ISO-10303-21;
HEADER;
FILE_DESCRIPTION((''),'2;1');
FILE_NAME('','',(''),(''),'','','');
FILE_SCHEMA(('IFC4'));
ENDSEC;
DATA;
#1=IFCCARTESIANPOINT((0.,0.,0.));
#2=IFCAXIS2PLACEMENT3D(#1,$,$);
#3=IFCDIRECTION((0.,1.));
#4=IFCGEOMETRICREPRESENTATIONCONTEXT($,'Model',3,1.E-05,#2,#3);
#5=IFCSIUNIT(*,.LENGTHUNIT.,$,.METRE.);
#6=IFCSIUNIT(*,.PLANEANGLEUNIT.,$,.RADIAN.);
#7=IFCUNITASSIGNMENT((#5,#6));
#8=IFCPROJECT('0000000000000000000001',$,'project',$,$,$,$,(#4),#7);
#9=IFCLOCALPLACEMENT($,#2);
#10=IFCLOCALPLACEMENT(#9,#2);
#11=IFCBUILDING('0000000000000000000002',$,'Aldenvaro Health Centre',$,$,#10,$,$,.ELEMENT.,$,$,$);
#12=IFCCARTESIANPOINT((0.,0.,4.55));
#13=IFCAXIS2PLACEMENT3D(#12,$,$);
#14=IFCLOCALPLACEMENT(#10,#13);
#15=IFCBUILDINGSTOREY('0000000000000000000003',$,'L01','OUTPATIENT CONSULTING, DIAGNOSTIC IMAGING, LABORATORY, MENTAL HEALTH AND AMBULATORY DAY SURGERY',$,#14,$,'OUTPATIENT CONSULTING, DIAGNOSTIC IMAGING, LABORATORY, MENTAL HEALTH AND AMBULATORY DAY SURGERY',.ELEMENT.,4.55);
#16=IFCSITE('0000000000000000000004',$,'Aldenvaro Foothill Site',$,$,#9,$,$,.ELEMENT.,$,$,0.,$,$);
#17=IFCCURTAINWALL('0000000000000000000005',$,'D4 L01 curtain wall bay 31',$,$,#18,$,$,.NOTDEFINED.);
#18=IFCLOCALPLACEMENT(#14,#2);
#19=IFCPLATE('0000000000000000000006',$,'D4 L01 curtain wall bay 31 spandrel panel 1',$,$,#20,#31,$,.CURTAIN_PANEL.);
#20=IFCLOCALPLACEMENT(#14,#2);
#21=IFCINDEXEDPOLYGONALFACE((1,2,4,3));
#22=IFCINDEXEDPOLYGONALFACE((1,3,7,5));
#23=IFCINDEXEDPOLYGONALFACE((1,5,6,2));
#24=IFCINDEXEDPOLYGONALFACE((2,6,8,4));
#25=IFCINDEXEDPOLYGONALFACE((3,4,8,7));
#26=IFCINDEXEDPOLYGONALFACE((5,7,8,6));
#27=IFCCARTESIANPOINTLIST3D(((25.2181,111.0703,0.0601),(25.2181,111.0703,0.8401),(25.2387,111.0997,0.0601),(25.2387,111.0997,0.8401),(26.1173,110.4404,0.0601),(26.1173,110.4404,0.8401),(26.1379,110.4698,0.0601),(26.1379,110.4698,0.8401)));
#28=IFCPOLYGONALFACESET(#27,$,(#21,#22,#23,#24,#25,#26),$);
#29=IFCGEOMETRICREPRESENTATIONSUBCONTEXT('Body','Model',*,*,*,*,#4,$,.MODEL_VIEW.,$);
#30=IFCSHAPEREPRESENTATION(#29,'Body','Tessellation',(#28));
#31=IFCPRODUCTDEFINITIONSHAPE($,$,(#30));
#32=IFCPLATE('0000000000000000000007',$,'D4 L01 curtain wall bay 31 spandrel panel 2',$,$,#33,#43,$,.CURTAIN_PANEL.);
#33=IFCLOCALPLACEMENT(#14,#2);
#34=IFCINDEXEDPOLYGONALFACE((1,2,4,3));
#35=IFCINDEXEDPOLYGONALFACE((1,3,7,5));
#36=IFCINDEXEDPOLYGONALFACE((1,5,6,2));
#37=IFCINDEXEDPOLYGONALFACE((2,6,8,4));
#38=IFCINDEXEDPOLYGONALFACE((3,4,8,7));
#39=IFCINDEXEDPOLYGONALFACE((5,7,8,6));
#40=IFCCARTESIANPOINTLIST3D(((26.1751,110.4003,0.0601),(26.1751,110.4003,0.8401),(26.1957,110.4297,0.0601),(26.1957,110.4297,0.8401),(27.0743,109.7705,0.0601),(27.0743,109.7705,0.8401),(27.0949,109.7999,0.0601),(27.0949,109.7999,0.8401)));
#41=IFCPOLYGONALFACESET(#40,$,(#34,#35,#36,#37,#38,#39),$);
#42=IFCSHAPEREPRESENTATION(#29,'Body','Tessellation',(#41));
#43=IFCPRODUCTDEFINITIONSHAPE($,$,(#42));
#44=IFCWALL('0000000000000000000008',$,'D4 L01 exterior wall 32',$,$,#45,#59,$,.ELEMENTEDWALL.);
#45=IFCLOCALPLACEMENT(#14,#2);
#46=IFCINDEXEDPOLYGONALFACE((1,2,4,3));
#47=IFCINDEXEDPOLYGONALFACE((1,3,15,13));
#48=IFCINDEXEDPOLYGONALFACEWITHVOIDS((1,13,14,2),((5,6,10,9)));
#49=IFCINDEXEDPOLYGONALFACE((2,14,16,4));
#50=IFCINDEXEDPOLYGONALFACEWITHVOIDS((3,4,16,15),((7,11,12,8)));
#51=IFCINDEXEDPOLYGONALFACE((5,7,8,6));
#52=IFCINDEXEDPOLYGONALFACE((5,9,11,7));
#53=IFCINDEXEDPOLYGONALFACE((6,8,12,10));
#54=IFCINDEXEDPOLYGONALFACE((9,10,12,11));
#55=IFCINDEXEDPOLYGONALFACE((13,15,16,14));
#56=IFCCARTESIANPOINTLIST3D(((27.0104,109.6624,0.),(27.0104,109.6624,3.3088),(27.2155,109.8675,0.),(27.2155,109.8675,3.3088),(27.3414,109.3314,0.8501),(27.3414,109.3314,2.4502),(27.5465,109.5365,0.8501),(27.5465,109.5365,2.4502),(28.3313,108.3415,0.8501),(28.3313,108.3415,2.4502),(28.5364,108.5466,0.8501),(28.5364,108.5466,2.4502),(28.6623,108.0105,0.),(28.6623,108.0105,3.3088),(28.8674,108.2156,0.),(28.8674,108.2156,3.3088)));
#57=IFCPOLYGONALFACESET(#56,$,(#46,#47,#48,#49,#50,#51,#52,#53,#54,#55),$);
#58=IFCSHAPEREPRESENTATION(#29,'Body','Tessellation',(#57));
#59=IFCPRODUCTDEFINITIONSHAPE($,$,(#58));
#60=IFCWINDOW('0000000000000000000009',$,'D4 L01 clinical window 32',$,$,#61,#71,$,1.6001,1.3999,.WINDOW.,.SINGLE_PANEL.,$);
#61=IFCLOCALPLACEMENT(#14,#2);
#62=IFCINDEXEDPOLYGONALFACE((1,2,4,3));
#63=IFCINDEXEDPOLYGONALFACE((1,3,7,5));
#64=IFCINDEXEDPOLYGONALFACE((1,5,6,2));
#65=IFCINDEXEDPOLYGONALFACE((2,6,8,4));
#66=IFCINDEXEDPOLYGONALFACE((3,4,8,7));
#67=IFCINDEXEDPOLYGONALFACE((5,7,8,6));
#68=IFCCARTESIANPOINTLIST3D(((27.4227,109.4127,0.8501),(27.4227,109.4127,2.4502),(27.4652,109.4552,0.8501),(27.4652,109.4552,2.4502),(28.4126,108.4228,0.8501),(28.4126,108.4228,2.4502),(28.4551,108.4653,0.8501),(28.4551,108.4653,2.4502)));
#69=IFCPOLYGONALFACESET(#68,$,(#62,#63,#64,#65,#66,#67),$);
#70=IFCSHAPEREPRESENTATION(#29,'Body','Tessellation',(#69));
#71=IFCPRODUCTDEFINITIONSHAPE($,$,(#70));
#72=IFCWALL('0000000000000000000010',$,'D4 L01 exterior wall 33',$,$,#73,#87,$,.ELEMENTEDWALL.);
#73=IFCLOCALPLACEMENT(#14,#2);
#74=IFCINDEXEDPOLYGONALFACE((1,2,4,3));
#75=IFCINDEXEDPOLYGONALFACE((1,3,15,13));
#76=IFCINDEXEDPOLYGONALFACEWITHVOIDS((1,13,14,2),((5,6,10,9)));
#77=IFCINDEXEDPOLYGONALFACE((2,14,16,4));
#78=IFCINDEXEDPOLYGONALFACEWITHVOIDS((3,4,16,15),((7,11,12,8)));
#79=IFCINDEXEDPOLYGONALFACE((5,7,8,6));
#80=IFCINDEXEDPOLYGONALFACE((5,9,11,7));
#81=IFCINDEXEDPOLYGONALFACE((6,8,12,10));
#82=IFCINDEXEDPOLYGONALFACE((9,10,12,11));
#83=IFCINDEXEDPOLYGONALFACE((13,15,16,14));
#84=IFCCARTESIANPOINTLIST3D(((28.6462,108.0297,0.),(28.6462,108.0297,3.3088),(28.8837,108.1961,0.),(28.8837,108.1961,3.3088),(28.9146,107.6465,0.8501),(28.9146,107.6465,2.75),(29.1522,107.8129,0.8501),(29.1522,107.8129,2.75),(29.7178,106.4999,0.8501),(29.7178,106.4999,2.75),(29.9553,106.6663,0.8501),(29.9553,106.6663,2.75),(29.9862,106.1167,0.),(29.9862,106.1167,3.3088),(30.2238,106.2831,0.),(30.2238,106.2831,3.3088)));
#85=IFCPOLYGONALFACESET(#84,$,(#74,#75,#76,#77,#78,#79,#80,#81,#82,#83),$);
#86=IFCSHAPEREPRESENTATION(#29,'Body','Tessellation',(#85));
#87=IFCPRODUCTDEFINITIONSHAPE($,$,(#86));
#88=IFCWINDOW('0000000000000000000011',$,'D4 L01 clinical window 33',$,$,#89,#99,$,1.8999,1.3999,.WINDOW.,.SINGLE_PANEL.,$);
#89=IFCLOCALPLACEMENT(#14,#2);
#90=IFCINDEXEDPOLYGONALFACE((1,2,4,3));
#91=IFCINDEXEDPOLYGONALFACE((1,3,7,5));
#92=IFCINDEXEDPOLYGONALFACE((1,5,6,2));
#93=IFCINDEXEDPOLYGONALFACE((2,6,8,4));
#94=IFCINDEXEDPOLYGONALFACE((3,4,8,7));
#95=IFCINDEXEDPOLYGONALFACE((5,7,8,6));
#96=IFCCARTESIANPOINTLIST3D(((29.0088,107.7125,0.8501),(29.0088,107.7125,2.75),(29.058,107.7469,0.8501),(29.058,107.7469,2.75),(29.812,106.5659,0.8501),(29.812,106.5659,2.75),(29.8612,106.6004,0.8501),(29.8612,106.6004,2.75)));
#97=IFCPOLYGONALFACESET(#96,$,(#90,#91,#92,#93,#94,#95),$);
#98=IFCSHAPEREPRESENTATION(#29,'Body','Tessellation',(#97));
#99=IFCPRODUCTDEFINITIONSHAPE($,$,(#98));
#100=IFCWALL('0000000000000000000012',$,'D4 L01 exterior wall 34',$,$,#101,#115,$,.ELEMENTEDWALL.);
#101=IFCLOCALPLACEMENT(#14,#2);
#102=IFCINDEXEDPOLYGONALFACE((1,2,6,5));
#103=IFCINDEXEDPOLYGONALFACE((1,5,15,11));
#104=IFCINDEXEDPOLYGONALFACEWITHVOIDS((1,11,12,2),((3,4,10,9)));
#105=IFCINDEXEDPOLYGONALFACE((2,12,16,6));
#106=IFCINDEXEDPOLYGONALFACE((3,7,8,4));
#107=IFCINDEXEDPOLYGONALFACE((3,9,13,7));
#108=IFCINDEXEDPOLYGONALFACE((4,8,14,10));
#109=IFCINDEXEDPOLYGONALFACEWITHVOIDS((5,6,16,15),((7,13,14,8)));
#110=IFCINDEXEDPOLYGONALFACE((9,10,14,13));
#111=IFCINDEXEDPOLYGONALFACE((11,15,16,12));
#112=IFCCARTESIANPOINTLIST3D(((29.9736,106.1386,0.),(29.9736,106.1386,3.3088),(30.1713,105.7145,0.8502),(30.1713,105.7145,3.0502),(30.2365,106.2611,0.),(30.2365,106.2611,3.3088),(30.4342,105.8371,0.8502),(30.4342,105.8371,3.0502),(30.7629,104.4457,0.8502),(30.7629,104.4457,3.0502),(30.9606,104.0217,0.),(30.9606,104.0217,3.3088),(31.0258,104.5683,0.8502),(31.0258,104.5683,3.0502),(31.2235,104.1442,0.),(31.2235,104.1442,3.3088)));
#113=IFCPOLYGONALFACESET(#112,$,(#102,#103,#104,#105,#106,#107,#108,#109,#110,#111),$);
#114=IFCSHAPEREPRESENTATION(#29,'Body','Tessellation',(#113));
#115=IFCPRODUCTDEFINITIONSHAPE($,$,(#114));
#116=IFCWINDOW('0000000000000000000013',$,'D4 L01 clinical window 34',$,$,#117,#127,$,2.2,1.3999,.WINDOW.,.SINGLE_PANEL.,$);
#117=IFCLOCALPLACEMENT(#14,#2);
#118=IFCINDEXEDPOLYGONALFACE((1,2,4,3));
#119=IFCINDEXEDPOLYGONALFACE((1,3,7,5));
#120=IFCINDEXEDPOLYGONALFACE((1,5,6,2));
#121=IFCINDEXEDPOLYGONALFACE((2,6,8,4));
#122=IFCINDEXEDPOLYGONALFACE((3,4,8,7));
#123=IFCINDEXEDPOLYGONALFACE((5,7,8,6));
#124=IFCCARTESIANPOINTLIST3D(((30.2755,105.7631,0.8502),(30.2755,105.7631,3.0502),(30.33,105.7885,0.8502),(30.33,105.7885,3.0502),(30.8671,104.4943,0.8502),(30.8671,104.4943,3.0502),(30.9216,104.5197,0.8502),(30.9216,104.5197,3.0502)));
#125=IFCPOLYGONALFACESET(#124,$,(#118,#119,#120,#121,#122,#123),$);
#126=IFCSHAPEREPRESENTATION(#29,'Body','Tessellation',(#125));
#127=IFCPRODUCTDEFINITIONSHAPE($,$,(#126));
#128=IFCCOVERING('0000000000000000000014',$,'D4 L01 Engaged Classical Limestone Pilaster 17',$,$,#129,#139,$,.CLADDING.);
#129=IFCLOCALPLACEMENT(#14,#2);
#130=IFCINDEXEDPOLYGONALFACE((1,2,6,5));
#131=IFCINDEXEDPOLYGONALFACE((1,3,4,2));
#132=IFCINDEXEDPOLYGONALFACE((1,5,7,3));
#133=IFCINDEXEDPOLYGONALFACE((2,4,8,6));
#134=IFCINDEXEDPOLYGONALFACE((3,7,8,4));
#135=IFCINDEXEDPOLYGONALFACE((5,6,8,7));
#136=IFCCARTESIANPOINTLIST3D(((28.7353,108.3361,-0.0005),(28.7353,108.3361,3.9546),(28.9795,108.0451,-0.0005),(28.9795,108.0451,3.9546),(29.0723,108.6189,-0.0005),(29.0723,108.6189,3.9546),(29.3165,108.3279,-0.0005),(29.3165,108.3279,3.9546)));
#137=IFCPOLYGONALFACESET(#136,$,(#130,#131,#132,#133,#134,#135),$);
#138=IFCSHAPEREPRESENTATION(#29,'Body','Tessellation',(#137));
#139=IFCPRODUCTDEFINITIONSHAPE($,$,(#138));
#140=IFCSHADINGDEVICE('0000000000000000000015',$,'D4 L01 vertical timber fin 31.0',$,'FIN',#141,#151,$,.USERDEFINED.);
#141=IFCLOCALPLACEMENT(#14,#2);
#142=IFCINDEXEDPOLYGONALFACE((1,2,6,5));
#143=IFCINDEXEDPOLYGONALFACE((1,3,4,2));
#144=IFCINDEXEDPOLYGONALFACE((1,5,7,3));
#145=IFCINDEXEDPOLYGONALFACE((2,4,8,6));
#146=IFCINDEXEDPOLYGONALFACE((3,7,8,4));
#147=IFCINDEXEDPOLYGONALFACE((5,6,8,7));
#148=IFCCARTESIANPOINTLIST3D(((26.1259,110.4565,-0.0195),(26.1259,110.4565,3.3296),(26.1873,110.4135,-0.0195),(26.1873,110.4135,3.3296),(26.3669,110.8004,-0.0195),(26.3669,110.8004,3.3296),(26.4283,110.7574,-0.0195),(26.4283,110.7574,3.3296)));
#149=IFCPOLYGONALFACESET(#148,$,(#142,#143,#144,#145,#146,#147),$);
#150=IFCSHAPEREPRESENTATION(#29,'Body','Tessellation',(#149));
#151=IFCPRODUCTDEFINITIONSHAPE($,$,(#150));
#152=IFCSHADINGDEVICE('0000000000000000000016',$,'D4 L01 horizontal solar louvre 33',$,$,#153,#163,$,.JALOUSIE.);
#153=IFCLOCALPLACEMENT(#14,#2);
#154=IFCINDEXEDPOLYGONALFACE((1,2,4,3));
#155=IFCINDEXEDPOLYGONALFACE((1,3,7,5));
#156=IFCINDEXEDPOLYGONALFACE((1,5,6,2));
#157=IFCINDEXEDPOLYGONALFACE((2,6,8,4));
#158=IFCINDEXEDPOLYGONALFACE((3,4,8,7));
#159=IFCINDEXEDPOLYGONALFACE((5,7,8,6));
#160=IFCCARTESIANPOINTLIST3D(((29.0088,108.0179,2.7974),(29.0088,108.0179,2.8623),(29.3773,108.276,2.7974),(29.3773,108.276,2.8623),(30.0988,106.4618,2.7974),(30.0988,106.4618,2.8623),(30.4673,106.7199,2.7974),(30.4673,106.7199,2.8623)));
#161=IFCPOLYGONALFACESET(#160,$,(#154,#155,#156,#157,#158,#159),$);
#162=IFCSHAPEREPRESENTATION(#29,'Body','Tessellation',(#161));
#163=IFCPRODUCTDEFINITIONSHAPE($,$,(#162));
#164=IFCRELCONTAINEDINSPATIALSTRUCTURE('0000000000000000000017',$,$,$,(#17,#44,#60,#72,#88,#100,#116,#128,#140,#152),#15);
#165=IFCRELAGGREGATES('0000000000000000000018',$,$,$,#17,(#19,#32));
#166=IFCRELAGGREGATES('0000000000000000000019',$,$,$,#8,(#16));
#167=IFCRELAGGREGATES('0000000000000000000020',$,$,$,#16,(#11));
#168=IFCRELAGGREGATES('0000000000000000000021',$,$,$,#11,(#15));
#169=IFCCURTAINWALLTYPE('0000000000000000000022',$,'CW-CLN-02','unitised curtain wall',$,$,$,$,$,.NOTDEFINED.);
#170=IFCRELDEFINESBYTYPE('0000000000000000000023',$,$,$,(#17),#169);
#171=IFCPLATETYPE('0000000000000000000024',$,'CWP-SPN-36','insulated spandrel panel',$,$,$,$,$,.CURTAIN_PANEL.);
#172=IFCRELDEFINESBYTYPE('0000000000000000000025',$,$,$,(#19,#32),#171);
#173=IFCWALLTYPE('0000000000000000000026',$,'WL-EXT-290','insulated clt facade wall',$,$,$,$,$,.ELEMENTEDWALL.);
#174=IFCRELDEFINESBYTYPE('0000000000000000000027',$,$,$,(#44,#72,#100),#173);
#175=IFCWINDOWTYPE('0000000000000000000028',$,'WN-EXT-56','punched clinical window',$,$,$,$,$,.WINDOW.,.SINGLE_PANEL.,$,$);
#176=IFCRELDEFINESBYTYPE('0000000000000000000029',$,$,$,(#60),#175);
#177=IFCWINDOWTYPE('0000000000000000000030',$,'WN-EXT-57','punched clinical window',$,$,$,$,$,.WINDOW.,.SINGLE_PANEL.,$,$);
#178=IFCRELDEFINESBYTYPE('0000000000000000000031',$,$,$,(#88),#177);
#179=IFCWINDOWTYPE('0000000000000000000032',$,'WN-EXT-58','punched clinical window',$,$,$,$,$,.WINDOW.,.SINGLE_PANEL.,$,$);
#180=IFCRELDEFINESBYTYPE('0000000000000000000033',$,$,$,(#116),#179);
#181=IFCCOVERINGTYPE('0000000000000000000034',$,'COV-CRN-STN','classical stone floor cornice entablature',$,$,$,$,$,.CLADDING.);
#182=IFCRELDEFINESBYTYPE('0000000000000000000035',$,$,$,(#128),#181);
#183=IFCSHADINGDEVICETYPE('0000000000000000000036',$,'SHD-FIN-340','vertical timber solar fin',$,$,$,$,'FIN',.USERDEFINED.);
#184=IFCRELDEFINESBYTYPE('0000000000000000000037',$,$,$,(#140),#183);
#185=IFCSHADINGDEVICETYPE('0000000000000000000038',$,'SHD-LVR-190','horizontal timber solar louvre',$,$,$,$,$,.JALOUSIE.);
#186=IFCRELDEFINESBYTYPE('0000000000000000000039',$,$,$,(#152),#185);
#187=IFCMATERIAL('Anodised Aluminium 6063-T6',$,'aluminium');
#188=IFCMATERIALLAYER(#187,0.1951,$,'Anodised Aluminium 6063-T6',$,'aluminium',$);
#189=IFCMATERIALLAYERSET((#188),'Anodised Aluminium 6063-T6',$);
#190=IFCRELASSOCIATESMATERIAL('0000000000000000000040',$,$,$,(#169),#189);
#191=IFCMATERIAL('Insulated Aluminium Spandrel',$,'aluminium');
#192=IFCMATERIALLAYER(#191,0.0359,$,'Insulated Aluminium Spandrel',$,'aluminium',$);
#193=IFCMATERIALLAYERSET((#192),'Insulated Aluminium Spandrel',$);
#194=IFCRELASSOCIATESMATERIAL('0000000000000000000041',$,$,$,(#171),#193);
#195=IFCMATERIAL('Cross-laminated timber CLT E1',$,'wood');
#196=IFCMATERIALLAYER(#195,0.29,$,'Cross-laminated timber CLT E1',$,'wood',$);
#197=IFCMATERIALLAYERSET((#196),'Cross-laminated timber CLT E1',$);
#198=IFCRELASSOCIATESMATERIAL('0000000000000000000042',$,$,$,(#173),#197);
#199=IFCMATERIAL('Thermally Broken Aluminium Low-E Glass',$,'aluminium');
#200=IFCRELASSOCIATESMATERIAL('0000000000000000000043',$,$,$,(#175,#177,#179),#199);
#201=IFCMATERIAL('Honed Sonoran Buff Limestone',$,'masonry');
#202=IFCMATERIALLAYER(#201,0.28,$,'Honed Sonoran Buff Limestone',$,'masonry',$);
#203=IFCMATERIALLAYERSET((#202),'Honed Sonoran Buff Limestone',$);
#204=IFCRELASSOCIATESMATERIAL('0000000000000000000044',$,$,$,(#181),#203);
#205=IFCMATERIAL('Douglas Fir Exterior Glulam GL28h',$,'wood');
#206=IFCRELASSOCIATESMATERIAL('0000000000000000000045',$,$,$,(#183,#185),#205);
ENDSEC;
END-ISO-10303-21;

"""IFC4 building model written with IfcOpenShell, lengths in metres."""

from ifc_helpers import new_model, si_unit, direction, frame, frame_2d, origin, origin_2d, place, context, subcontext, project, spatial, rectangle, extrude, material, layer, layer_set, type_object, element, fill, aggregate, save


model = new_model("IFC4")

# Units and contexts
model_context = context("Model", 3, precision=1e-05, world=origin(), true_north=direction((0.0, 1.0)))
body_context = subcontext(model_context, "Body", "Model", "MODEL_VIEW")
ifc_project = project(units=[si_unit("LENGTHUNIT", "METRE"), si_unit("PLANEANGLEUNIT", "RADIAN")], contexts=[model_context])

# Site, building, storey
site_placement = place(None, origin())
site = spatial("IfcSite", under=ifc_project, at=site_placement, Name="Aldenvaro Foothill Site", CompositionType="ELEMENT", RefElevation=0.0)
building_placement = place(site_placement, origin())
building = spatial("IfcBuilding", under=site, at=building_placement, Name="Aldenvaro Health Centre", CompositionType="ELEMENT")
storey_placement = place(building_placement, frame((0.0, 0.0, 4.55)))
storey = spatial("IfcBuildingStorey", under=building, at=storey_placement, Name="L01", Description="OUTPATIENT CONSULTING, DIAGNOSTIC IMAGING, LABORATORY, MENTAL HEALTH AND AMBULATORY DAY SURGERY", LongName="OUTPATIENT CONSULTING, DIAGNOSTIC IMAGING, LABORATORY, MENTAL HEALTH AND AMBULATORY DAY SURGERY", CompositionType="ELEMENT", Elevation=4.55)

# Curtain wall
ifc_material_1 = material(Name="Anodised Aluminium 6063-T6", Category="aluminium")
ifc_layer_1 = layer(ifc_material_1, 0.1951, Name="Anodised Aluminium 6063-T6", Category="aluminium")
ifc_layer_set_1 = layer_set([ifc_layer_1], Name="Anodised Aluminium 6063-T6")
curtain_wall_type = type_object("IfcCurtainWallType", Name="CW-CLN-02", Description="unitised curtain wall", PredefinedType="NOTDEFINED", material=ifc_layer_set_1)
curtain_wall_1_placement = place(storey_placement, origin())
curtain_wall_1 = element("IfcCurtainWall", 1, at=curtain_wall_1_placement, inside=storey, type_object=curtain_wall_type, Name="D4 L01 curtain wall bay 31", PredefinedType="NOTDEFINED")

# Plates
ifc_material_2 = material(Name="Insulated Aluminium Spandrel", Category="aluminium")
ifc_layer_2 = layer(ifc_material_2, 0.0359, Name="Insulated Aluminium Spandrel", Category="aluminium")
ifc_layer_set_2 = layer_set([ifc_layer_2], Name="Insulated Aluminium Spandrel")
plate_type_1 = type_object("IfcPlateType", Name="CWP-SPN-36", Description="insulated spandrel panel", PredefinedType="CURTAIN_PANEL", material=ifc_layer_set_2)
plate_1_placement = place(storey_placement, frame((25.678, 110.77, 0.0601), z_axis=(0.0, 0.0, 1.0), x_axis=(0.819051, -0.573721, 0.0)))
plate_1 = element("IfcPlate", 2, at=plate_1_placement, type_object=plate_type_1, Name="D4 L01 curtain wall bay 31 spandrel panel 1", PredefinedType="CURTAIN_PANEL", context=body_context, shape_type="SweptSolid", body=[
    extrude(rectangle(XDim=1.0979, YDim=0.0359, at=origin_2d()), origin(), (0.0, 0.0, 1.0), 0.78),
])
plate_2_placement = place(storey_placement, frame((26.635, 110.1001, 0.0601), z_axis=(0.0, 0.0, 1.0), x_axis=(0.819051, -0.573721, 0.0)))
plate_2 = element("IfcPlate", 3, at=plate_2_placement, type_object=plate_type_1, Name="D4 L01 curtain wall bay 31 spandrel panel 2", PredefinedType="CURTAIN_PANEL", context=body_context, shape_type="SweptSolid", body=[
    extrude(rectangle(XDim=1.0979, YDim=0.0359, at=origin_2d()), origin(), (0.0, 0.0, 1.0), 0.78),
])
aggregate(curtain_wall_1, [plate_1, plate_2])

# Walls, openings, windows
ifc_material_3 = material(Name="Cross-laminated timber CLT E1", Category="wood")
ifc_layer_3 = layer(ifc_material_3, 0.29, Name="Cross-laminated timber CLT E1", Category="wood")
ifc_layer_set_3 = layer_set([ifc_layer_3], Name="Cross-laminated timber CLT E1")
wall_type = type_object("IfcWallType", Name="WL-EXT-290", Description="insulated clt facade wall", PredefinedType="ELEMENTEDWALL", material=ifc_layer_set_3)
wall_1_placement = place(storey_placement, frame((27.113, 109.7649, 0.0), z_axis=(0.0, 0.0, 1.0), x_axis=(0.707107, -0.707107, 0.0)))
wall_1 = element("IfcWall", 4, at=wall_1_placement, inside=storey, type_object=wall_type, Name="D4 L01 exterior wall 32", PredefinedType="ELEMENTEDWALL", context=body_context, shape_type="SweptSolid", body=[
    extrude(rectangle(XDim=2.3362, YDim=0.29, at=frame_2d((1.168, 0.0))), origin(), (0.0, 0.0, 1.0), 3.3088),
])
opening_1_placement = place(wall_1_placement, frame((0.468, 0.0, 0.8501)))
opening_1 = element("IfcOpeningElement", 5, at=opening_1_placement, cuts=wall_1, PredefinedType="OPENING", context=body_context, shape_type="SweptSolid", body=[
    extrude(rectangle(XDim=1.3999, YDim=1.6001, at=frame_2d((0.7, 0.8))), frame((0.0, 0.155, 0.0), z_axis=(0.0, -1.0, 0.0), x_axis=(1.0, 0.0, 0.0)), (0.0, 0.0, 1.0), 0.3101),
])
ifc_material_4 = material(Name="Thermally Broken Aluminium Low-E Glass", Category="aluminium")
window_type_1 = type_object("IfcWindowType", Name="WN-EXT-56", Description="punched clinical window", PartitioningType="SINGLE_PANEL", PredefinedType="WINDOW", material=ifc_material_4)
window_1_placement = place(opening_1_placement, origin())
window_1 = element("IfcWindow", 6, at=window_1_placement, inside=storey, type_object=window_type_1, Name="D4 L01 clinical window 32", OverallHeight=1.6001, OverallWidth=1.3999, PartitioningType="SINGLE_PANEL", PredefinedType="WINDOW", context=body_context, shape_type="SweptSolid", body=[
    extrude(rectangle(XDim=1.3999, YDim=1.6001, at=frame_2d((0.7, 0.8))), frame((0.0, 0.03, 0.0), z_axis=(0.0, -1.0, 0.0), x_axis=(1.0, 0.0, 0.0)), (0.0, 0.0, 1.0), 0.0601),
])
fill(opening_1, window_1)
wall_2_placement = place(storey_placement, frame((28.7649, 108.113, 0.0), z_axis=(0.0, 0.0, 1.0), x_axis=(0.573729, -0.819045, 0.0)))
wall_2 = element("IfcWall", 7, at=wall_2_placement, inside=storey, type_object=wall_type, Name="D4 L01 exterior wall 33", PredefinedType="ELEMENTEDWALL", context=body_context, shape_type="SweptSolid", body=[
    extrude(rectangle(XDim=2.3357, YDim=0.29, at=frame_2d((1.168, 0.0))), origin(), (0.0, 0.0, 1.0), 3.3088),
])
opening_2_placement = place(wall_2_placement, frame((0.468, 0.0, 0.8501)))
opening_2 = element("IfcOpeningElement", 8, at=opening_2_placement, cuts=wall_2, PredefinedType="OPENING", context=body_context, shape_type="SweptSolid", body=[
    extrude(rectangle(XDim=1.3999, YDim=1.8999, at=frame_2d((0.7, 0.95))), frame((0.0, 0.155, 0.0), z_axis=(0.0, -1.0, 0.0), x_axis=(1.0, 0.0, 0.0)), (0.0, 0.0, 1.0), 0.3101),
])
window_type_2 = type_object("IfcWindowType", Name="WN-EXT-57", Description="punched clinical window", PartitioningType="SINGLE_PANEL", PredefinedType="WINDOW", material=ifc_material_4)
window_2_placement = place(opening_2_placement, origin())
window_2 = element("IfcWindow", 9, at=window_2_placement, inside=storey, type_object=window_type_2, Name="D4 L01 clinical window 33", OverallHeight=1.8999, OverallWidth=1.3999, PartitioningType="SINGLE_PANEL", PredefinedType="WINDOW", context=body_context, shape_type="SweptSolid", body=[
    extrude(rectangle(XDim=1.3999, YDim=1.8999, at=frame_2d((0.7, 0.95))), frame((0.0, 0.03, 0.0), z_axis=(0.0, -1.0, 0.0), x_axis=(1.0, 0.0, 0.0)), (0.0, 0.0, 1.0), 0.0601),
])
fill(opening_2, window_2)
wall_3_placement = place(storey_placement, frame((30.105, 106.2, 0.0), z_axis=(0.0, 0.0, 1.0), x_axis=(0.422588, -0.906322, 0.0)))
wall_3 = element("IfcWall", 10, at=wall_3_placement, inside=storey, type_object=wall_type, Name="D4 L01 exterior wall 34", PredefinedType="ELEMENTEDWALL", context=body_context, shape_type="SweptSolid", body=[
    extrude(rectangle(XDim=2.3357, YDim=0.29, at=frame_2d((1.168, 0.0))), origin(), (0.0, 0.0, 1.0), 3.3088),
])
opening_3_placement = place(wall_3_placement, frame((0.468, 0.0, 0.8501)))
opening_3 = element("IfcOpeningElement", 11, at=opening_3_placement, cuts=wall_3, PredefinedType="OPENING", context=body_context, shape_type="SweptSolid", body=[
    extrude(rectangle(XDim=1.3999, YDim=2.2, at=frame_2d((0.7, 1.1001))), frame((0.0, 0.155, 0.0), z_axis=(0.0, -1.0, 0.0), x_axis=(1.0, 0.0, 0.0)), (0.0, 0.0, 1.0), 0.3101),
])
window_type_3 = type_object("IfcWindowType", Name="WN-EXT-58", Description="punched clinical window", PartitioningType="SINGLE_PANEL", PredefinedType="WINDOW", material=ifc_material_4)
window_3_placement = place(opening_3_placement, origin())
window_3 = element("IfcWindow", 12, at=window_3_placement, inside=storey, type_object=window_type_3, Name="D4 L01 clinical window 34", OverallHeight=2.2, OverallWidth=1.3999, PartitioningType="SINGLE_PANEL", PredefinedType="WINDOW", context=body_context, shape_type="SweptSolid", body=[
    extrude(rectangle(XDim=1.3999, YDim=2.2, at=frame_2d((0.7, 1.1001))), frame((0.0, 0.03, 0.0), z_axis=(0.0, -1.0, 0.0), x_axis=(1.0, 0.0, 0.0)), (0.0, 0.0, 1.0), 0.0601),
])
fill(opening_3, window_3)

# Covering
ifc_material_5 = material(Name="Honed Sonoran Buff Limestone", Category="masonry")
ifc_layer_4 = layer(ifc_material_5, 0.28, Name="Honed Sonoran Buff Limestone", Category="masonry")
ifc_layer_set_4 = layer_set([ifc_layer_4], Name="Honed Sonoran Buff Limestone")
covering_type = type_object("IfcCoveringType", Name="COV-CRN-STN", Description="classical stone floor cornice entablature", PredefinedType="CLADDING", material=ifc_layer_set_4)
covering_placement = place(storey_placement, frame((29.0259, 108.332, -0.0005), z_axis=(0.0, 0.0, 1.0), x_axis=(0.766058, 0.642772, 0.0)))
element("IfcCovering", 13, at=covering_placement, inside=storey, type_object=covering_type, Name="D4 L01 Engaged Classical Limestone Pilaster 17", PredefinedType="CLADDING", context=body_context, shape_type="SweptSolid", body=[
    extrude(rectangle(XDim=0.4399, YDim=0.3799, at=origin_2d()), origin(), (0.0, 0.0, 1.0), 3.9551),
])

# Shading devices
ifc_material_6 = material(Name="Douglas Fir Exterior Glulam GL28h", Category="wood")
shading_device_type_1 = type_object("IfcShadingDeviceType", Name="SHD-FIN-340", Description="vertical timber solar fin", ElementType="FIN", PredefinedType="USERDEFINED", material=ifc_material_6)
shading_device_1_placement = place(storey_placement, frame((26.2771, 110.6069, -0.0195), z_axis=(0.0, 0.0, 1.0), x_axis=(0.819051, -0.573721, 0.0)))
element("IfcShadingDevice", 14, at=shading_device_1_placement, inside=storey, type_object=shading_device_type_1, Name="D4 L01 vertical timber fin 31.0", ObjectType="FIN", PredefinedType="USERDEFINED", context=body_context, shape_type="SweptSolid", body=[
    extrude(rectangle(XDim=0.075, YDim=0.4199, at=origin_2d()), origin(), (0.0, 0.0, 1.0), 3.3491),
])
shading_device_type_2 = type_object("IfcShadingDeviceType", Name="SHD-LVR-190", Description="horizontal timber solar louvre", PredefinedType="JALOUSIE", material=ifc_material_6)
shading_device_2_placement = place(storey_placement, frame((29.738, 107.3689, 2.7974), z_axis=(0.0, 0.0, 1.0), x_axis=(0.573721, -0.819051, 0.0)))
element("IfcShadingDevice", 15, at=shading_device_2_placement, inside=storey, type_object=shading_device_type_2, Name="D4 L01 horizontal solar louvre 33", PredefinedType="JALOUSIE", context=body_context, shape_type="SweptSolid", body=[
    extrude(rectangle(XDim=1.8999, YDim=0.45, at=origin_2d()), origin(), (0.0, 0.0, 1.0), 0.0649),
])

save(model, "model.ifc")
